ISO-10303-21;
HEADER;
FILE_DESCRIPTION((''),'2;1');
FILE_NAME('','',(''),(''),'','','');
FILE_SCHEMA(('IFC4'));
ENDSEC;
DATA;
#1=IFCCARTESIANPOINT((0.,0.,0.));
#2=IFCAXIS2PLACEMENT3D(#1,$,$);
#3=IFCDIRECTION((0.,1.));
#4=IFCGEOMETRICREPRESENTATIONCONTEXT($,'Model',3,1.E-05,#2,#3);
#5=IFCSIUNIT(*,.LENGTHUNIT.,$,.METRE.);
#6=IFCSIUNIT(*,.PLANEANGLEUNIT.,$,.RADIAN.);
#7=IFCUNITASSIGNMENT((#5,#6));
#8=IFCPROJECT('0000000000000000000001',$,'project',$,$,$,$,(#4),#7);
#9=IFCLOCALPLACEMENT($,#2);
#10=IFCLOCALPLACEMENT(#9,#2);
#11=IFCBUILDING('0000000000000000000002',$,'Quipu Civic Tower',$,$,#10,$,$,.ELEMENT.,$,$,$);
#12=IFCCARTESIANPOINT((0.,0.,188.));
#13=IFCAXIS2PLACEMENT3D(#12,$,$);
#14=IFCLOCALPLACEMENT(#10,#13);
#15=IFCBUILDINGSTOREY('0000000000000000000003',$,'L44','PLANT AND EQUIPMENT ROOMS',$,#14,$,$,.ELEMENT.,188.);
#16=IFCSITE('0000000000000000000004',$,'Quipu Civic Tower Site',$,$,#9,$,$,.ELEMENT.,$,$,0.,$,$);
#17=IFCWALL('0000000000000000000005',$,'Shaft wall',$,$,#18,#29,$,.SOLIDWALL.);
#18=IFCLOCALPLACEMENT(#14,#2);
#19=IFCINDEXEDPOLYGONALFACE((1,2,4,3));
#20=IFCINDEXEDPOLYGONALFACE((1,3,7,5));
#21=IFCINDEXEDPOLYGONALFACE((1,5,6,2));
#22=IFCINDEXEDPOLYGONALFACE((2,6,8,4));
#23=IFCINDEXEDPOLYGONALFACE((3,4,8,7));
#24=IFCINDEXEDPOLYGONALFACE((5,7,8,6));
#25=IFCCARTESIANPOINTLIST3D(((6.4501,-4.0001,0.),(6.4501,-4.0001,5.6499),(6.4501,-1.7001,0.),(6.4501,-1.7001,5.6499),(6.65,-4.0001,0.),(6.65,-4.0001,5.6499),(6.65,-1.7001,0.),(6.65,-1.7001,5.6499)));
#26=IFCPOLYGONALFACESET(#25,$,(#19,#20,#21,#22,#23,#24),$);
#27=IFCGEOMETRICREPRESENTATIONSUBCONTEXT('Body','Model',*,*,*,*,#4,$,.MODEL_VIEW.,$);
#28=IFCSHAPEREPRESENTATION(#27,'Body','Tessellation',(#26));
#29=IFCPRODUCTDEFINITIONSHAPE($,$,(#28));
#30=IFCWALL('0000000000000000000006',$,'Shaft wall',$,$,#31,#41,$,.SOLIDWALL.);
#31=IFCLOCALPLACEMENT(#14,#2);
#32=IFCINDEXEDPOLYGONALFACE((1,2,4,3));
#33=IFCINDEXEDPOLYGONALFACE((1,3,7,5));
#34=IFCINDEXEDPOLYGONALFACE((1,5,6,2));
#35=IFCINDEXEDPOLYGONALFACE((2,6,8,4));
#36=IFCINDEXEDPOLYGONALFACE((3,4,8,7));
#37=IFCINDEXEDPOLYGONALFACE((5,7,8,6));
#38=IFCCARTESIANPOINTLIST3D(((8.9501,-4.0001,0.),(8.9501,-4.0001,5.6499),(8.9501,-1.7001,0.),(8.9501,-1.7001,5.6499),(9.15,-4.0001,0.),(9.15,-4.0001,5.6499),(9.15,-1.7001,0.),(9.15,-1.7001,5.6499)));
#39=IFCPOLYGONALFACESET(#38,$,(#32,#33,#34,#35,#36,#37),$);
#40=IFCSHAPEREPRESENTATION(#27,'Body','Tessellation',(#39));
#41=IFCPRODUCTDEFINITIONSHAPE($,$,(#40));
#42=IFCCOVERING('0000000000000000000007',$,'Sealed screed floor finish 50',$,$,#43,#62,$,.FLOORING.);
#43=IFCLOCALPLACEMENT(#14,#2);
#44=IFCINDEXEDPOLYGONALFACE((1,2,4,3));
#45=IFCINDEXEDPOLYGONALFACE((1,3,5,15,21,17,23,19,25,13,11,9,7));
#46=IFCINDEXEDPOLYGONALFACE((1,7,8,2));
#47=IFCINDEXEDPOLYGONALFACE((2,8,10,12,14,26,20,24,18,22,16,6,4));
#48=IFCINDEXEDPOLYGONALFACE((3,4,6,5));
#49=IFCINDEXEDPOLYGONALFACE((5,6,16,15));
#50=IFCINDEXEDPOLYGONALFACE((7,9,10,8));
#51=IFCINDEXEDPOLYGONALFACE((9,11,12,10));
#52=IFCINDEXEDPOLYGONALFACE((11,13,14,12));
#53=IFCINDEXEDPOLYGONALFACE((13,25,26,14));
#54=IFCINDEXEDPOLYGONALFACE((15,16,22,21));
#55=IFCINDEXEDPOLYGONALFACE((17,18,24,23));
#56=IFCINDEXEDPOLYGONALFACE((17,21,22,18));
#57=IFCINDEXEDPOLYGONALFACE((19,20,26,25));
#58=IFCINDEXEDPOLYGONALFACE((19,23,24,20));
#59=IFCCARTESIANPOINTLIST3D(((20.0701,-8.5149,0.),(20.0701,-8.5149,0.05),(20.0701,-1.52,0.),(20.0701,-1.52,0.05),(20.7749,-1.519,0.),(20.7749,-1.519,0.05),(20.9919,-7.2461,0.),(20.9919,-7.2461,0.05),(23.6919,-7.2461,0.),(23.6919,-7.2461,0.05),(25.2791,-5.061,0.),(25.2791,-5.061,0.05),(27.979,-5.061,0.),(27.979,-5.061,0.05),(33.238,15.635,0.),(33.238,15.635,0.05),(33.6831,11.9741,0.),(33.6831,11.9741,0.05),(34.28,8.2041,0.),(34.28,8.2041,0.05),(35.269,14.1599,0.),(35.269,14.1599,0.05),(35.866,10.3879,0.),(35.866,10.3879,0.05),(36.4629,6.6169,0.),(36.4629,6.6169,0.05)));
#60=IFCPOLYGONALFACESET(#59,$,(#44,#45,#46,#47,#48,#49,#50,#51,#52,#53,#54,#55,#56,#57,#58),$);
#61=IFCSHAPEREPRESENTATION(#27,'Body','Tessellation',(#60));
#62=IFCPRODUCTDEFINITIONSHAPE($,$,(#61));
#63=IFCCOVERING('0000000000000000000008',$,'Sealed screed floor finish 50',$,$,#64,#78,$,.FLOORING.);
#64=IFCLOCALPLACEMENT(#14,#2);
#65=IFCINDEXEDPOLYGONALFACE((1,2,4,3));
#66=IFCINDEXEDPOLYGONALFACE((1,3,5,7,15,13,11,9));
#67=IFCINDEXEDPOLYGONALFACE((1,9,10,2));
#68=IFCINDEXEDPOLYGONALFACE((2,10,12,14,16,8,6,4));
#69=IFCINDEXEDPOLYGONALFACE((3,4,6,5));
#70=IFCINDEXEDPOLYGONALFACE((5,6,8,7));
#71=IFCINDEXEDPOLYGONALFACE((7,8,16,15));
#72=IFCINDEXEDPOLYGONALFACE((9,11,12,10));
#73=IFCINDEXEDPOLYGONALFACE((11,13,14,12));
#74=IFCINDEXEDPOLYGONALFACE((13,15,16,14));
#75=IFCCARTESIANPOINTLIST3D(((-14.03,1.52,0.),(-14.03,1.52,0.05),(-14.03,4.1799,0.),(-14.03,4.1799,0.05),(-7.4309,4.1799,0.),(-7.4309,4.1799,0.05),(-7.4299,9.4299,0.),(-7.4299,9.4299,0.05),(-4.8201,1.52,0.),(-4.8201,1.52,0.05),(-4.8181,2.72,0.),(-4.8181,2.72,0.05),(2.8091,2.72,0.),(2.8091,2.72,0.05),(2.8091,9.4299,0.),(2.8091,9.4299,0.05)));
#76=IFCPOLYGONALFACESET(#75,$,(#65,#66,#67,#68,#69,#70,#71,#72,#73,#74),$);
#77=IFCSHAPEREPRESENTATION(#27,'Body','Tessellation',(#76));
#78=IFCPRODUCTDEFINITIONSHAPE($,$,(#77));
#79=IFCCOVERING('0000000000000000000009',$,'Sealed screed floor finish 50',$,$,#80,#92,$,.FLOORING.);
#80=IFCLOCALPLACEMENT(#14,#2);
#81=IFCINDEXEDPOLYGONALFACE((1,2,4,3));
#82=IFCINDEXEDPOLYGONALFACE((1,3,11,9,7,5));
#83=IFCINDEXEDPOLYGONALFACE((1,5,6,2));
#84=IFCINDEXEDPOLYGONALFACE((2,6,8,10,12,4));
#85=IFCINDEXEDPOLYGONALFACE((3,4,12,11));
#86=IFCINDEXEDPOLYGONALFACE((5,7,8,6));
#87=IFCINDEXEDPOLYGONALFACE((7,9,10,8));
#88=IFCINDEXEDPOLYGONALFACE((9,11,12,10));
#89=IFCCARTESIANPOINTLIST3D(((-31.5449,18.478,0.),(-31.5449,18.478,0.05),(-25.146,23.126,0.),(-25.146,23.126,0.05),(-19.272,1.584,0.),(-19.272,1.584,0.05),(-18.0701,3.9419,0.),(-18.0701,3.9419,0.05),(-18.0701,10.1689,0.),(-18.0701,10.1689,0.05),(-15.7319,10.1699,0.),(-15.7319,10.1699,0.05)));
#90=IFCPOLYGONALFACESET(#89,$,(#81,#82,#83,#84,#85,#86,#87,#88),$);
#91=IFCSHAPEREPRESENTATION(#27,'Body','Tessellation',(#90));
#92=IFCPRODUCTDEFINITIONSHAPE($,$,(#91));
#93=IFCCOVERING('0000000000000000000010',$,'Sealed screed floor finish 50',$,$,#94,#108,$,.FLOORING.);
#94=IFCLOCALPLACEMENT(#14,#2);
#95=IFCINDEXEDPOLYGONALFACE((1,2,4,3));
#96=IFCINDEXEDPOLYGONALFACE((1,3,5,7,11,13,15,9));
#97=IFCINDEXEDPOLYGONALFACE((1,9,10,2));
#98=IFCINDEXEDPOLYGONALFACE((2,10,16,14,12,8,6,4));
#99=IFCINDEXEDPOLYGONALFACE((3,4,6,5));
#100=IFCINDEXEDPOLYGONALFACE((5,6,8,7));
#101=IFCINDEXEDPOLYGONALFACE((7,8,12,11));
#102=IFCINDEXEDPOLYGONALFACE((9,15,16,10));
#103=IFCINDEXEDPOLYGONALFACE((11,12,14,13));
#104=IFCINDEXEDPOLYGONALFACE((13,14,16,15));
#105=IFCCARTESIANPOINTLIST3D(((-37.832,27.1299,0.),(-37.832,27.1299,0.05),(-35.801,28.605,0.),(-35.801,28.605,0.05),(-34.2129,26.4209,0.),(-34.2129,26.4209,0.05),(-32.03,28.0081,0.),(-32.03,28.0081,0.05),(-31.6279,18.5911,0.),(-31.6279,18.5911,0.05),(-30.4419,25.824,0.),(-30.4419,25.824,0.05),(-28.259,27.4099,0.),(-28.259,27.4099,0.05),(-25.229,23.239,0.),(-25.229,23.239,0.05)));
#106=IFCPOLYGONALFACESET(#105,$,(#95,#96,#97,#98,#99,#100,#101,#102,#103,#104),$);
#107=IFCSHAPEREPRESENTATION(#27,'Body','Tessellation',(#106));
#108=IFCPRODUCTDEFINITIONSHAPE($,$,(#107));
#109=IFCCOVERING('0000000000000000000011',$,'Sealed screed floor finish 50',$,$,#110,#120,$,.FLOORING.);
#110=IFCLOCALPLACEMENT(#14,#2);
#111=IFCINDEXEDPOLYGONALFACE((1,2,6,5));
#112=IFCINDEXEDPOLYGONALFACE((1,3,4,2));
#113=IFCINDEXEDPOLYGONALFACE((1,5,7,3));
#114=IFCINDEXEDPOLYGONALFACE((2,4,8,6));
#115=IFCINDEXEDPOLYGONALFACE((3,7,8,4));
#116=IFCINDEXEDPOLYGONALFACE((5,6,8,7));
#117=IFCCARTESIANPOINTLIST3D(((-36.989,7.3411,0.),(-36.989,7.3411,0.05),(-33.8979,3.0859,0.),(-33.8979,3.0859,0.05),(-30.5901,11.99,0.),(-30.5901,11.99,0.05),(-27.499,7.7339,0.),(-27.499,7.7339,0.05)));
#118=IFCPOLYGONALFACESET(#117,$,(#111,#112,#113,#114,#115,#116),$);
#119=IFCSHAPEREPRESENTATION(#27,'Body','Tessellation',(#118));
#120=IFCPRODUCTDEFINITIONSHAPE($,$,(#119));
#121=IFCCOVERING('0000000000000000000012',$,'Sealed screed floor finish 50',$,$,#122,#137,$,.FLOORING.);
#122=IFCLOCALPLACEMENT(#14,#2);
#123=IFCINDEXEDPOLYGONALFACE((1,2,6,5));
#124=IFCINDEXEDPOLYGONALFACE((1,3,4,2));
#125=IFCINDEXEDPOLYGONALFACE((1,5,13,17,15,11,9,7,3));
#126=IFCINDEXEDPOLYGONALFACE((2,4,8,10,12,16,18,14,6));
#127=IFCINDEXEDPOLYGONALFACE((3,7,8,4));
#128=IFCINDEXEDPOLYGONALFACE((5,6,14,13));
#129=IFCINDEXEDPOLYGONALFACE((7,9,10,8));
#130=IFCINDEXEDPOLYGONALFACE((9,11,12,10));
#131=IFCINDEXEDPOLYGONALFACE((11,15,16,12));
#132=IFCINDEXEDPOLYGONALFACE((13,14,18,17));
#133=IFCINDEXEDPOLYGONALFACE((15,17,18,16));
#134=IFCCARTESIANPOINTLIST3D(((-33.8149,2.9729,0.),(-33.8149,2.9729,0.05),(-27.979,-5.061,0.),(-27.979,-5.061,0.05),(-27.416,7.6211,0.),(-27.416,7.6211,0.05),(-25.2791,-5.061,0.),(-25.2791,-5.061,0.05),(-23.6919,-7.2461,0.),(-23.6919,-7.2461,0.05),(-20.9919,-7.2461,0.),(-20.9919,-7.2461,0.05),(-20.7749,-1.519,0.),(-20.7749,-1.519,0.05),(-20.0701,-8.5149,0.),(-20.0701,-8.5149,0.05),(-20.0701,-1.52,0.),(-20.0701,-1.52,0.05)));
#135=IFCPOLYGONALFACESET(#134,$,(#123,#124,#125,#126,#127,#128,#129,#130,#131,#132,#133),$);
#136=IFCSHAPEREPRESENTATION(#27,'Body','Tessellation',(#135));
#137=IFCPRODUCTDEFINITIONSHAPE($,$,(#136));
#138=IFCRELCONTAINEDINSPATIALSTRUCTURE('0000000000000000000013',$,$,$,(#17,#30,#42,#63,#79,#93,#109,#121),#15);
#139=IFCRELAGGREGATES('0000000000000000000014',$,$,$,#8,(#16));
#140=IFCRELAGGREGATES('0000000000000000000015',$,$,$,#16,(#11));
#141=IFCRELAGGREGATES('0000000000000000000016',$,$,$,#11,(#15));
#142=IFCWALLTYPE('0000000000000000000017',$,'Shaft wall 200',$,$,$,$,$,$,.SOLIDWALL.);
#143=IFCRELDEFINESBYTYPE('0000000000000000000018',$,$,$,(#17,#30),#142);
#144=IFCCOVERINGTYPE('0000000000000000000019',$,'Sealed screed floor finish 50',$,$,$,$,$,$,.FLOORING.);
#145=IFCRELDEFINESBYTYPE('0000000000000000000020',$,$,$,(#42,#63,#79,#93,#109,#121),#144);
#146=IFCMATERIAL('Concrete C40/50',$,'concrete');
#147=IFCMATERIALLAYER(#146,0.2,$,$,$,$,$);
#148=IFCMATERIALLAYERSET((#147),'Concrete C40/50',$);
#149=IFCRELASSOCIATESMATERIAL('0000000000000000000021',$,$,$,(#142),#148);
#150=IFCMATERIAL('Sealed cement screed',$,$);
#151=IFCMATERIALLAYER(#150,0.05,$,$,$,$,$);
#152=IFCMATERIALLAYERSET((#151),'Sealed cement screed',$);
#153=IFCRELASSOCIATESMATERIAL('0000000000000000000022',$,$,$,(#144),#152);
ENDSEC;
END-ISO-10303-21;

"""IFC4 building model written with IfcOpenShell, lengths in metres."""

from ifc_helpers import new_model, si_unit, direction, frame, frame_2d, origin, place, context, subcontext, project, spatial, polyline, rectangle, outline, extrude, material, layer, layer_set, type_object, element, save


model = new_model("IFC4")

# Units and contexts
model_context = context("Model", 3, precision=1e-05, world=origin(), true_north=direction((0.0, 1.0)))
body_context = subcontext(model_context, "Body", "Model", "MODEL_VIEW")
ifc_project = project(units=[si_unit("LENGTHUNIT", "METRE"), si_unit("PLANEANGLEUNIT", "RADIAN")], contexts=[model_context])

# Site, building, storey
site_placement = place(None, origin())
site = spatial("IfcSite", under=ifc_project, at=site_placement, Name="Quipu Civic Tower Site", CompositionType="ELEMENT", RefElevation=0.0)
building_placement = place(site_placement, origin())
building = spatial("IfcBuilding", under=site, at=building_placement, Name="Quipu Civic Tower", CompositionType="ELEMENT")
storey_placement = place(building_placement, frame((0.0, 0.0, 188.0)))
storey = spatial("IfcBuildingStorey", under=building, at=storey_placement, Name="L44", Description="PLANT AND EQUIPMENT ROOMS", CompositionType="ELEMENT", Elevation=188.0)

# Walls
ifc_material_1 = material(Name="Concrete C40/50", Category="concrete")
ifc_layer_1 = layer(ifc_material_1, 0.2)
ifc_layer_set_1 = layer_set([ifc_layer_1], Name="Concrete C40/50")
wall_type_1 = type_object("IfcWallType", Name="Shaft wall 200", PredefinedType="SOLIDWALL", material=ifc_layer_set_1)
for number, where, z_axis, x_axis, name in (
    (1, (6.55, -4.0, 0.0), (0.0, 0.0, 1.0), (0.0, 1.0, 0.0), "Shaft wall"),
    (2, (9.05, -4.0, 0.0), (0.0, 0.0, 1.0), (0.0, 1.0, 0.0), "Shaft wall"),
):
    element("IfcWall", number, at=place(storey_placement, frame(where, z_axis=z_axis, x_axis=x_axis)), inside=storey, type_object=wall_type_1, Name=name, PredefinedType="SOLIDWALL", context=body_context, shape_type="SweptSolid", body=[
        extrude(rectangle(XDim=2.3, YDim=0.2, at=frame_2d((1.1499, 0.0))), origin(), (0.0, 0.0, 1.0), 5.6499),
    ])

# Coverings
ifc_material_2 = material(Name="Sealed cement screed")
ifc_layer_2 = layer(ifc_material_2, 0.05)
ifc_layer_set_2 = layer_set([ifc_layer_2], Name="Sealed cement screed")
covering_type_1 = type_object("IfcCoveringType", Name="Sealed screed floor finish 50", PredefinedType="FLOORING", material=ifc_layer_set_2)
covering_1_placement = place(storey_placement, origin())
element("IfcCovering", 3, at=covering_1_placement, inside=storey, type_object=covering_type_1, Name="Sealed screed floor finish 50", PredefinedType="FLOORING", context=body_context, shape_type="SweptSolid", body=[
    extrude(outline(polyline([(20.0701, -8.5149), (20.0701, -1.52), (20.7749, -1.519), (33.238, 15.635), (35.269, 14.1599), (33.6831, 11.9741), (35.866, 10.3879), (34.28, 8.2041), (36.4629, 6.6169), (27.979, -5.061), (25.2791, -5.061), (23.6919, -7.2461), (20.9919, -7.2461), (20.0701, -8.5149)])), origin(), (0.0, 0.0, 1.0), 0.05),
])
covering_2_placement = place(storey_placement, origin())
element("IfcCovering", 4, at=covering_2_placement, inside=storey, type_object=covering_type_1, Name="Sealed screed floor finish 50", PredefinedType="FLOORING", context=body_context, shape_type="SweptSolid", body=[
    extrude(outline(polyline([(-14.03, 4.1799), (-7.4309, 4.1799), (-7.4299, 9.4299), (2.8091, 9.4299), (2.8091, 2.72), (-4.8181, 2.72), (-4.8201, 1.52), (-14.03, 1.52), (-14.03, 4.1799)])), origin(), (0.0, 0.0, 1.0), 0.05),
])
covering_3_placement = place(storey_placement, origin())
element("IfcCovering", 5, at=covering_3_placement, inside=storey, type_object=covering_type_1, Name="Sealed screed floor finish 50", PredefinedType="FLOORING", context=body_context, shape_type="SweptSolid", body=[
    extrude(outline(polyline([(-31.5449, 18.478), (-25.146, 23.126), (-15.7319, 10.1699), (-18.0701, 10.1689), (-18.0701, 3.9419), (-19.272, 1.584), (-31.5449, 18.478)])), origin(), (0.0, 0.0, 1.0), 0.05),
])
covering_4_placement = place(storey_placement, origin())
element("IfcCovering", 6, at=covering_4_placement, inside=storey, type_object=covering_type_1, Name="Sealed screed floor finish 50", PredefinedType="FLOORING", context=body_context, shape_type="SweptSolid", body=[
    extrude(outline(polyline([(-37.832, 27.1299), (-35.801, 28.605), (-34.2129, 26.4209), (-32.03, 28.0081), (-30.4419, 25.824), (-28.259, 27.4099), (-25.229, 23.239), (-31.6279, 18.5911), (-37.832, 27.1299)])), origin(), (0.0, 0.0, 1.0), 0.05),
])
covering_5_placement = place(storey_placement, origin())
element("IfcCovering", 7, at=covering_5_placement, inside=storey, type_object=covering_type_1, Name="Sealed screed floor finish 50", PredefinedType="FLOORING", context=body_context, shape_type="SweptSolid", body=[
    extrude(outline(polyline([(-36.989, 7.3411), (-30.5901, 11.99), (-27.499, 7.7339), (-33.8979, 3.0859), (-36.989, 7.3411)])), origin(), (0.0, 0.0, 1.0), 0.05),
])
covering_6_placement = place(storey_placement, origin())
element("IfcCovering", 8, at=covering_6_placement, inside=storey, type_object=covering_type_1, Name="Sealed screed floor finish 50", PredefinedType="FLOORING", context=body_context, shape_type="SweptSolid", body=[
    extrude(outline(polyline([(-33.8149, 2.9729), (-27.416, 7.6211), (-20.7749, -1.519), (-20.0701, -1.52), (-20.0701, -8.5149), (-20.9919, -7.2461), (-23.6919, -7.2461), (-25.2791, -5.061), (-27.979, -5.061), (-33.8149, 2.9729)])), origin(), (0.0, 0.0, 1.0), 0.05),
])

save(model, "model.ifc")
